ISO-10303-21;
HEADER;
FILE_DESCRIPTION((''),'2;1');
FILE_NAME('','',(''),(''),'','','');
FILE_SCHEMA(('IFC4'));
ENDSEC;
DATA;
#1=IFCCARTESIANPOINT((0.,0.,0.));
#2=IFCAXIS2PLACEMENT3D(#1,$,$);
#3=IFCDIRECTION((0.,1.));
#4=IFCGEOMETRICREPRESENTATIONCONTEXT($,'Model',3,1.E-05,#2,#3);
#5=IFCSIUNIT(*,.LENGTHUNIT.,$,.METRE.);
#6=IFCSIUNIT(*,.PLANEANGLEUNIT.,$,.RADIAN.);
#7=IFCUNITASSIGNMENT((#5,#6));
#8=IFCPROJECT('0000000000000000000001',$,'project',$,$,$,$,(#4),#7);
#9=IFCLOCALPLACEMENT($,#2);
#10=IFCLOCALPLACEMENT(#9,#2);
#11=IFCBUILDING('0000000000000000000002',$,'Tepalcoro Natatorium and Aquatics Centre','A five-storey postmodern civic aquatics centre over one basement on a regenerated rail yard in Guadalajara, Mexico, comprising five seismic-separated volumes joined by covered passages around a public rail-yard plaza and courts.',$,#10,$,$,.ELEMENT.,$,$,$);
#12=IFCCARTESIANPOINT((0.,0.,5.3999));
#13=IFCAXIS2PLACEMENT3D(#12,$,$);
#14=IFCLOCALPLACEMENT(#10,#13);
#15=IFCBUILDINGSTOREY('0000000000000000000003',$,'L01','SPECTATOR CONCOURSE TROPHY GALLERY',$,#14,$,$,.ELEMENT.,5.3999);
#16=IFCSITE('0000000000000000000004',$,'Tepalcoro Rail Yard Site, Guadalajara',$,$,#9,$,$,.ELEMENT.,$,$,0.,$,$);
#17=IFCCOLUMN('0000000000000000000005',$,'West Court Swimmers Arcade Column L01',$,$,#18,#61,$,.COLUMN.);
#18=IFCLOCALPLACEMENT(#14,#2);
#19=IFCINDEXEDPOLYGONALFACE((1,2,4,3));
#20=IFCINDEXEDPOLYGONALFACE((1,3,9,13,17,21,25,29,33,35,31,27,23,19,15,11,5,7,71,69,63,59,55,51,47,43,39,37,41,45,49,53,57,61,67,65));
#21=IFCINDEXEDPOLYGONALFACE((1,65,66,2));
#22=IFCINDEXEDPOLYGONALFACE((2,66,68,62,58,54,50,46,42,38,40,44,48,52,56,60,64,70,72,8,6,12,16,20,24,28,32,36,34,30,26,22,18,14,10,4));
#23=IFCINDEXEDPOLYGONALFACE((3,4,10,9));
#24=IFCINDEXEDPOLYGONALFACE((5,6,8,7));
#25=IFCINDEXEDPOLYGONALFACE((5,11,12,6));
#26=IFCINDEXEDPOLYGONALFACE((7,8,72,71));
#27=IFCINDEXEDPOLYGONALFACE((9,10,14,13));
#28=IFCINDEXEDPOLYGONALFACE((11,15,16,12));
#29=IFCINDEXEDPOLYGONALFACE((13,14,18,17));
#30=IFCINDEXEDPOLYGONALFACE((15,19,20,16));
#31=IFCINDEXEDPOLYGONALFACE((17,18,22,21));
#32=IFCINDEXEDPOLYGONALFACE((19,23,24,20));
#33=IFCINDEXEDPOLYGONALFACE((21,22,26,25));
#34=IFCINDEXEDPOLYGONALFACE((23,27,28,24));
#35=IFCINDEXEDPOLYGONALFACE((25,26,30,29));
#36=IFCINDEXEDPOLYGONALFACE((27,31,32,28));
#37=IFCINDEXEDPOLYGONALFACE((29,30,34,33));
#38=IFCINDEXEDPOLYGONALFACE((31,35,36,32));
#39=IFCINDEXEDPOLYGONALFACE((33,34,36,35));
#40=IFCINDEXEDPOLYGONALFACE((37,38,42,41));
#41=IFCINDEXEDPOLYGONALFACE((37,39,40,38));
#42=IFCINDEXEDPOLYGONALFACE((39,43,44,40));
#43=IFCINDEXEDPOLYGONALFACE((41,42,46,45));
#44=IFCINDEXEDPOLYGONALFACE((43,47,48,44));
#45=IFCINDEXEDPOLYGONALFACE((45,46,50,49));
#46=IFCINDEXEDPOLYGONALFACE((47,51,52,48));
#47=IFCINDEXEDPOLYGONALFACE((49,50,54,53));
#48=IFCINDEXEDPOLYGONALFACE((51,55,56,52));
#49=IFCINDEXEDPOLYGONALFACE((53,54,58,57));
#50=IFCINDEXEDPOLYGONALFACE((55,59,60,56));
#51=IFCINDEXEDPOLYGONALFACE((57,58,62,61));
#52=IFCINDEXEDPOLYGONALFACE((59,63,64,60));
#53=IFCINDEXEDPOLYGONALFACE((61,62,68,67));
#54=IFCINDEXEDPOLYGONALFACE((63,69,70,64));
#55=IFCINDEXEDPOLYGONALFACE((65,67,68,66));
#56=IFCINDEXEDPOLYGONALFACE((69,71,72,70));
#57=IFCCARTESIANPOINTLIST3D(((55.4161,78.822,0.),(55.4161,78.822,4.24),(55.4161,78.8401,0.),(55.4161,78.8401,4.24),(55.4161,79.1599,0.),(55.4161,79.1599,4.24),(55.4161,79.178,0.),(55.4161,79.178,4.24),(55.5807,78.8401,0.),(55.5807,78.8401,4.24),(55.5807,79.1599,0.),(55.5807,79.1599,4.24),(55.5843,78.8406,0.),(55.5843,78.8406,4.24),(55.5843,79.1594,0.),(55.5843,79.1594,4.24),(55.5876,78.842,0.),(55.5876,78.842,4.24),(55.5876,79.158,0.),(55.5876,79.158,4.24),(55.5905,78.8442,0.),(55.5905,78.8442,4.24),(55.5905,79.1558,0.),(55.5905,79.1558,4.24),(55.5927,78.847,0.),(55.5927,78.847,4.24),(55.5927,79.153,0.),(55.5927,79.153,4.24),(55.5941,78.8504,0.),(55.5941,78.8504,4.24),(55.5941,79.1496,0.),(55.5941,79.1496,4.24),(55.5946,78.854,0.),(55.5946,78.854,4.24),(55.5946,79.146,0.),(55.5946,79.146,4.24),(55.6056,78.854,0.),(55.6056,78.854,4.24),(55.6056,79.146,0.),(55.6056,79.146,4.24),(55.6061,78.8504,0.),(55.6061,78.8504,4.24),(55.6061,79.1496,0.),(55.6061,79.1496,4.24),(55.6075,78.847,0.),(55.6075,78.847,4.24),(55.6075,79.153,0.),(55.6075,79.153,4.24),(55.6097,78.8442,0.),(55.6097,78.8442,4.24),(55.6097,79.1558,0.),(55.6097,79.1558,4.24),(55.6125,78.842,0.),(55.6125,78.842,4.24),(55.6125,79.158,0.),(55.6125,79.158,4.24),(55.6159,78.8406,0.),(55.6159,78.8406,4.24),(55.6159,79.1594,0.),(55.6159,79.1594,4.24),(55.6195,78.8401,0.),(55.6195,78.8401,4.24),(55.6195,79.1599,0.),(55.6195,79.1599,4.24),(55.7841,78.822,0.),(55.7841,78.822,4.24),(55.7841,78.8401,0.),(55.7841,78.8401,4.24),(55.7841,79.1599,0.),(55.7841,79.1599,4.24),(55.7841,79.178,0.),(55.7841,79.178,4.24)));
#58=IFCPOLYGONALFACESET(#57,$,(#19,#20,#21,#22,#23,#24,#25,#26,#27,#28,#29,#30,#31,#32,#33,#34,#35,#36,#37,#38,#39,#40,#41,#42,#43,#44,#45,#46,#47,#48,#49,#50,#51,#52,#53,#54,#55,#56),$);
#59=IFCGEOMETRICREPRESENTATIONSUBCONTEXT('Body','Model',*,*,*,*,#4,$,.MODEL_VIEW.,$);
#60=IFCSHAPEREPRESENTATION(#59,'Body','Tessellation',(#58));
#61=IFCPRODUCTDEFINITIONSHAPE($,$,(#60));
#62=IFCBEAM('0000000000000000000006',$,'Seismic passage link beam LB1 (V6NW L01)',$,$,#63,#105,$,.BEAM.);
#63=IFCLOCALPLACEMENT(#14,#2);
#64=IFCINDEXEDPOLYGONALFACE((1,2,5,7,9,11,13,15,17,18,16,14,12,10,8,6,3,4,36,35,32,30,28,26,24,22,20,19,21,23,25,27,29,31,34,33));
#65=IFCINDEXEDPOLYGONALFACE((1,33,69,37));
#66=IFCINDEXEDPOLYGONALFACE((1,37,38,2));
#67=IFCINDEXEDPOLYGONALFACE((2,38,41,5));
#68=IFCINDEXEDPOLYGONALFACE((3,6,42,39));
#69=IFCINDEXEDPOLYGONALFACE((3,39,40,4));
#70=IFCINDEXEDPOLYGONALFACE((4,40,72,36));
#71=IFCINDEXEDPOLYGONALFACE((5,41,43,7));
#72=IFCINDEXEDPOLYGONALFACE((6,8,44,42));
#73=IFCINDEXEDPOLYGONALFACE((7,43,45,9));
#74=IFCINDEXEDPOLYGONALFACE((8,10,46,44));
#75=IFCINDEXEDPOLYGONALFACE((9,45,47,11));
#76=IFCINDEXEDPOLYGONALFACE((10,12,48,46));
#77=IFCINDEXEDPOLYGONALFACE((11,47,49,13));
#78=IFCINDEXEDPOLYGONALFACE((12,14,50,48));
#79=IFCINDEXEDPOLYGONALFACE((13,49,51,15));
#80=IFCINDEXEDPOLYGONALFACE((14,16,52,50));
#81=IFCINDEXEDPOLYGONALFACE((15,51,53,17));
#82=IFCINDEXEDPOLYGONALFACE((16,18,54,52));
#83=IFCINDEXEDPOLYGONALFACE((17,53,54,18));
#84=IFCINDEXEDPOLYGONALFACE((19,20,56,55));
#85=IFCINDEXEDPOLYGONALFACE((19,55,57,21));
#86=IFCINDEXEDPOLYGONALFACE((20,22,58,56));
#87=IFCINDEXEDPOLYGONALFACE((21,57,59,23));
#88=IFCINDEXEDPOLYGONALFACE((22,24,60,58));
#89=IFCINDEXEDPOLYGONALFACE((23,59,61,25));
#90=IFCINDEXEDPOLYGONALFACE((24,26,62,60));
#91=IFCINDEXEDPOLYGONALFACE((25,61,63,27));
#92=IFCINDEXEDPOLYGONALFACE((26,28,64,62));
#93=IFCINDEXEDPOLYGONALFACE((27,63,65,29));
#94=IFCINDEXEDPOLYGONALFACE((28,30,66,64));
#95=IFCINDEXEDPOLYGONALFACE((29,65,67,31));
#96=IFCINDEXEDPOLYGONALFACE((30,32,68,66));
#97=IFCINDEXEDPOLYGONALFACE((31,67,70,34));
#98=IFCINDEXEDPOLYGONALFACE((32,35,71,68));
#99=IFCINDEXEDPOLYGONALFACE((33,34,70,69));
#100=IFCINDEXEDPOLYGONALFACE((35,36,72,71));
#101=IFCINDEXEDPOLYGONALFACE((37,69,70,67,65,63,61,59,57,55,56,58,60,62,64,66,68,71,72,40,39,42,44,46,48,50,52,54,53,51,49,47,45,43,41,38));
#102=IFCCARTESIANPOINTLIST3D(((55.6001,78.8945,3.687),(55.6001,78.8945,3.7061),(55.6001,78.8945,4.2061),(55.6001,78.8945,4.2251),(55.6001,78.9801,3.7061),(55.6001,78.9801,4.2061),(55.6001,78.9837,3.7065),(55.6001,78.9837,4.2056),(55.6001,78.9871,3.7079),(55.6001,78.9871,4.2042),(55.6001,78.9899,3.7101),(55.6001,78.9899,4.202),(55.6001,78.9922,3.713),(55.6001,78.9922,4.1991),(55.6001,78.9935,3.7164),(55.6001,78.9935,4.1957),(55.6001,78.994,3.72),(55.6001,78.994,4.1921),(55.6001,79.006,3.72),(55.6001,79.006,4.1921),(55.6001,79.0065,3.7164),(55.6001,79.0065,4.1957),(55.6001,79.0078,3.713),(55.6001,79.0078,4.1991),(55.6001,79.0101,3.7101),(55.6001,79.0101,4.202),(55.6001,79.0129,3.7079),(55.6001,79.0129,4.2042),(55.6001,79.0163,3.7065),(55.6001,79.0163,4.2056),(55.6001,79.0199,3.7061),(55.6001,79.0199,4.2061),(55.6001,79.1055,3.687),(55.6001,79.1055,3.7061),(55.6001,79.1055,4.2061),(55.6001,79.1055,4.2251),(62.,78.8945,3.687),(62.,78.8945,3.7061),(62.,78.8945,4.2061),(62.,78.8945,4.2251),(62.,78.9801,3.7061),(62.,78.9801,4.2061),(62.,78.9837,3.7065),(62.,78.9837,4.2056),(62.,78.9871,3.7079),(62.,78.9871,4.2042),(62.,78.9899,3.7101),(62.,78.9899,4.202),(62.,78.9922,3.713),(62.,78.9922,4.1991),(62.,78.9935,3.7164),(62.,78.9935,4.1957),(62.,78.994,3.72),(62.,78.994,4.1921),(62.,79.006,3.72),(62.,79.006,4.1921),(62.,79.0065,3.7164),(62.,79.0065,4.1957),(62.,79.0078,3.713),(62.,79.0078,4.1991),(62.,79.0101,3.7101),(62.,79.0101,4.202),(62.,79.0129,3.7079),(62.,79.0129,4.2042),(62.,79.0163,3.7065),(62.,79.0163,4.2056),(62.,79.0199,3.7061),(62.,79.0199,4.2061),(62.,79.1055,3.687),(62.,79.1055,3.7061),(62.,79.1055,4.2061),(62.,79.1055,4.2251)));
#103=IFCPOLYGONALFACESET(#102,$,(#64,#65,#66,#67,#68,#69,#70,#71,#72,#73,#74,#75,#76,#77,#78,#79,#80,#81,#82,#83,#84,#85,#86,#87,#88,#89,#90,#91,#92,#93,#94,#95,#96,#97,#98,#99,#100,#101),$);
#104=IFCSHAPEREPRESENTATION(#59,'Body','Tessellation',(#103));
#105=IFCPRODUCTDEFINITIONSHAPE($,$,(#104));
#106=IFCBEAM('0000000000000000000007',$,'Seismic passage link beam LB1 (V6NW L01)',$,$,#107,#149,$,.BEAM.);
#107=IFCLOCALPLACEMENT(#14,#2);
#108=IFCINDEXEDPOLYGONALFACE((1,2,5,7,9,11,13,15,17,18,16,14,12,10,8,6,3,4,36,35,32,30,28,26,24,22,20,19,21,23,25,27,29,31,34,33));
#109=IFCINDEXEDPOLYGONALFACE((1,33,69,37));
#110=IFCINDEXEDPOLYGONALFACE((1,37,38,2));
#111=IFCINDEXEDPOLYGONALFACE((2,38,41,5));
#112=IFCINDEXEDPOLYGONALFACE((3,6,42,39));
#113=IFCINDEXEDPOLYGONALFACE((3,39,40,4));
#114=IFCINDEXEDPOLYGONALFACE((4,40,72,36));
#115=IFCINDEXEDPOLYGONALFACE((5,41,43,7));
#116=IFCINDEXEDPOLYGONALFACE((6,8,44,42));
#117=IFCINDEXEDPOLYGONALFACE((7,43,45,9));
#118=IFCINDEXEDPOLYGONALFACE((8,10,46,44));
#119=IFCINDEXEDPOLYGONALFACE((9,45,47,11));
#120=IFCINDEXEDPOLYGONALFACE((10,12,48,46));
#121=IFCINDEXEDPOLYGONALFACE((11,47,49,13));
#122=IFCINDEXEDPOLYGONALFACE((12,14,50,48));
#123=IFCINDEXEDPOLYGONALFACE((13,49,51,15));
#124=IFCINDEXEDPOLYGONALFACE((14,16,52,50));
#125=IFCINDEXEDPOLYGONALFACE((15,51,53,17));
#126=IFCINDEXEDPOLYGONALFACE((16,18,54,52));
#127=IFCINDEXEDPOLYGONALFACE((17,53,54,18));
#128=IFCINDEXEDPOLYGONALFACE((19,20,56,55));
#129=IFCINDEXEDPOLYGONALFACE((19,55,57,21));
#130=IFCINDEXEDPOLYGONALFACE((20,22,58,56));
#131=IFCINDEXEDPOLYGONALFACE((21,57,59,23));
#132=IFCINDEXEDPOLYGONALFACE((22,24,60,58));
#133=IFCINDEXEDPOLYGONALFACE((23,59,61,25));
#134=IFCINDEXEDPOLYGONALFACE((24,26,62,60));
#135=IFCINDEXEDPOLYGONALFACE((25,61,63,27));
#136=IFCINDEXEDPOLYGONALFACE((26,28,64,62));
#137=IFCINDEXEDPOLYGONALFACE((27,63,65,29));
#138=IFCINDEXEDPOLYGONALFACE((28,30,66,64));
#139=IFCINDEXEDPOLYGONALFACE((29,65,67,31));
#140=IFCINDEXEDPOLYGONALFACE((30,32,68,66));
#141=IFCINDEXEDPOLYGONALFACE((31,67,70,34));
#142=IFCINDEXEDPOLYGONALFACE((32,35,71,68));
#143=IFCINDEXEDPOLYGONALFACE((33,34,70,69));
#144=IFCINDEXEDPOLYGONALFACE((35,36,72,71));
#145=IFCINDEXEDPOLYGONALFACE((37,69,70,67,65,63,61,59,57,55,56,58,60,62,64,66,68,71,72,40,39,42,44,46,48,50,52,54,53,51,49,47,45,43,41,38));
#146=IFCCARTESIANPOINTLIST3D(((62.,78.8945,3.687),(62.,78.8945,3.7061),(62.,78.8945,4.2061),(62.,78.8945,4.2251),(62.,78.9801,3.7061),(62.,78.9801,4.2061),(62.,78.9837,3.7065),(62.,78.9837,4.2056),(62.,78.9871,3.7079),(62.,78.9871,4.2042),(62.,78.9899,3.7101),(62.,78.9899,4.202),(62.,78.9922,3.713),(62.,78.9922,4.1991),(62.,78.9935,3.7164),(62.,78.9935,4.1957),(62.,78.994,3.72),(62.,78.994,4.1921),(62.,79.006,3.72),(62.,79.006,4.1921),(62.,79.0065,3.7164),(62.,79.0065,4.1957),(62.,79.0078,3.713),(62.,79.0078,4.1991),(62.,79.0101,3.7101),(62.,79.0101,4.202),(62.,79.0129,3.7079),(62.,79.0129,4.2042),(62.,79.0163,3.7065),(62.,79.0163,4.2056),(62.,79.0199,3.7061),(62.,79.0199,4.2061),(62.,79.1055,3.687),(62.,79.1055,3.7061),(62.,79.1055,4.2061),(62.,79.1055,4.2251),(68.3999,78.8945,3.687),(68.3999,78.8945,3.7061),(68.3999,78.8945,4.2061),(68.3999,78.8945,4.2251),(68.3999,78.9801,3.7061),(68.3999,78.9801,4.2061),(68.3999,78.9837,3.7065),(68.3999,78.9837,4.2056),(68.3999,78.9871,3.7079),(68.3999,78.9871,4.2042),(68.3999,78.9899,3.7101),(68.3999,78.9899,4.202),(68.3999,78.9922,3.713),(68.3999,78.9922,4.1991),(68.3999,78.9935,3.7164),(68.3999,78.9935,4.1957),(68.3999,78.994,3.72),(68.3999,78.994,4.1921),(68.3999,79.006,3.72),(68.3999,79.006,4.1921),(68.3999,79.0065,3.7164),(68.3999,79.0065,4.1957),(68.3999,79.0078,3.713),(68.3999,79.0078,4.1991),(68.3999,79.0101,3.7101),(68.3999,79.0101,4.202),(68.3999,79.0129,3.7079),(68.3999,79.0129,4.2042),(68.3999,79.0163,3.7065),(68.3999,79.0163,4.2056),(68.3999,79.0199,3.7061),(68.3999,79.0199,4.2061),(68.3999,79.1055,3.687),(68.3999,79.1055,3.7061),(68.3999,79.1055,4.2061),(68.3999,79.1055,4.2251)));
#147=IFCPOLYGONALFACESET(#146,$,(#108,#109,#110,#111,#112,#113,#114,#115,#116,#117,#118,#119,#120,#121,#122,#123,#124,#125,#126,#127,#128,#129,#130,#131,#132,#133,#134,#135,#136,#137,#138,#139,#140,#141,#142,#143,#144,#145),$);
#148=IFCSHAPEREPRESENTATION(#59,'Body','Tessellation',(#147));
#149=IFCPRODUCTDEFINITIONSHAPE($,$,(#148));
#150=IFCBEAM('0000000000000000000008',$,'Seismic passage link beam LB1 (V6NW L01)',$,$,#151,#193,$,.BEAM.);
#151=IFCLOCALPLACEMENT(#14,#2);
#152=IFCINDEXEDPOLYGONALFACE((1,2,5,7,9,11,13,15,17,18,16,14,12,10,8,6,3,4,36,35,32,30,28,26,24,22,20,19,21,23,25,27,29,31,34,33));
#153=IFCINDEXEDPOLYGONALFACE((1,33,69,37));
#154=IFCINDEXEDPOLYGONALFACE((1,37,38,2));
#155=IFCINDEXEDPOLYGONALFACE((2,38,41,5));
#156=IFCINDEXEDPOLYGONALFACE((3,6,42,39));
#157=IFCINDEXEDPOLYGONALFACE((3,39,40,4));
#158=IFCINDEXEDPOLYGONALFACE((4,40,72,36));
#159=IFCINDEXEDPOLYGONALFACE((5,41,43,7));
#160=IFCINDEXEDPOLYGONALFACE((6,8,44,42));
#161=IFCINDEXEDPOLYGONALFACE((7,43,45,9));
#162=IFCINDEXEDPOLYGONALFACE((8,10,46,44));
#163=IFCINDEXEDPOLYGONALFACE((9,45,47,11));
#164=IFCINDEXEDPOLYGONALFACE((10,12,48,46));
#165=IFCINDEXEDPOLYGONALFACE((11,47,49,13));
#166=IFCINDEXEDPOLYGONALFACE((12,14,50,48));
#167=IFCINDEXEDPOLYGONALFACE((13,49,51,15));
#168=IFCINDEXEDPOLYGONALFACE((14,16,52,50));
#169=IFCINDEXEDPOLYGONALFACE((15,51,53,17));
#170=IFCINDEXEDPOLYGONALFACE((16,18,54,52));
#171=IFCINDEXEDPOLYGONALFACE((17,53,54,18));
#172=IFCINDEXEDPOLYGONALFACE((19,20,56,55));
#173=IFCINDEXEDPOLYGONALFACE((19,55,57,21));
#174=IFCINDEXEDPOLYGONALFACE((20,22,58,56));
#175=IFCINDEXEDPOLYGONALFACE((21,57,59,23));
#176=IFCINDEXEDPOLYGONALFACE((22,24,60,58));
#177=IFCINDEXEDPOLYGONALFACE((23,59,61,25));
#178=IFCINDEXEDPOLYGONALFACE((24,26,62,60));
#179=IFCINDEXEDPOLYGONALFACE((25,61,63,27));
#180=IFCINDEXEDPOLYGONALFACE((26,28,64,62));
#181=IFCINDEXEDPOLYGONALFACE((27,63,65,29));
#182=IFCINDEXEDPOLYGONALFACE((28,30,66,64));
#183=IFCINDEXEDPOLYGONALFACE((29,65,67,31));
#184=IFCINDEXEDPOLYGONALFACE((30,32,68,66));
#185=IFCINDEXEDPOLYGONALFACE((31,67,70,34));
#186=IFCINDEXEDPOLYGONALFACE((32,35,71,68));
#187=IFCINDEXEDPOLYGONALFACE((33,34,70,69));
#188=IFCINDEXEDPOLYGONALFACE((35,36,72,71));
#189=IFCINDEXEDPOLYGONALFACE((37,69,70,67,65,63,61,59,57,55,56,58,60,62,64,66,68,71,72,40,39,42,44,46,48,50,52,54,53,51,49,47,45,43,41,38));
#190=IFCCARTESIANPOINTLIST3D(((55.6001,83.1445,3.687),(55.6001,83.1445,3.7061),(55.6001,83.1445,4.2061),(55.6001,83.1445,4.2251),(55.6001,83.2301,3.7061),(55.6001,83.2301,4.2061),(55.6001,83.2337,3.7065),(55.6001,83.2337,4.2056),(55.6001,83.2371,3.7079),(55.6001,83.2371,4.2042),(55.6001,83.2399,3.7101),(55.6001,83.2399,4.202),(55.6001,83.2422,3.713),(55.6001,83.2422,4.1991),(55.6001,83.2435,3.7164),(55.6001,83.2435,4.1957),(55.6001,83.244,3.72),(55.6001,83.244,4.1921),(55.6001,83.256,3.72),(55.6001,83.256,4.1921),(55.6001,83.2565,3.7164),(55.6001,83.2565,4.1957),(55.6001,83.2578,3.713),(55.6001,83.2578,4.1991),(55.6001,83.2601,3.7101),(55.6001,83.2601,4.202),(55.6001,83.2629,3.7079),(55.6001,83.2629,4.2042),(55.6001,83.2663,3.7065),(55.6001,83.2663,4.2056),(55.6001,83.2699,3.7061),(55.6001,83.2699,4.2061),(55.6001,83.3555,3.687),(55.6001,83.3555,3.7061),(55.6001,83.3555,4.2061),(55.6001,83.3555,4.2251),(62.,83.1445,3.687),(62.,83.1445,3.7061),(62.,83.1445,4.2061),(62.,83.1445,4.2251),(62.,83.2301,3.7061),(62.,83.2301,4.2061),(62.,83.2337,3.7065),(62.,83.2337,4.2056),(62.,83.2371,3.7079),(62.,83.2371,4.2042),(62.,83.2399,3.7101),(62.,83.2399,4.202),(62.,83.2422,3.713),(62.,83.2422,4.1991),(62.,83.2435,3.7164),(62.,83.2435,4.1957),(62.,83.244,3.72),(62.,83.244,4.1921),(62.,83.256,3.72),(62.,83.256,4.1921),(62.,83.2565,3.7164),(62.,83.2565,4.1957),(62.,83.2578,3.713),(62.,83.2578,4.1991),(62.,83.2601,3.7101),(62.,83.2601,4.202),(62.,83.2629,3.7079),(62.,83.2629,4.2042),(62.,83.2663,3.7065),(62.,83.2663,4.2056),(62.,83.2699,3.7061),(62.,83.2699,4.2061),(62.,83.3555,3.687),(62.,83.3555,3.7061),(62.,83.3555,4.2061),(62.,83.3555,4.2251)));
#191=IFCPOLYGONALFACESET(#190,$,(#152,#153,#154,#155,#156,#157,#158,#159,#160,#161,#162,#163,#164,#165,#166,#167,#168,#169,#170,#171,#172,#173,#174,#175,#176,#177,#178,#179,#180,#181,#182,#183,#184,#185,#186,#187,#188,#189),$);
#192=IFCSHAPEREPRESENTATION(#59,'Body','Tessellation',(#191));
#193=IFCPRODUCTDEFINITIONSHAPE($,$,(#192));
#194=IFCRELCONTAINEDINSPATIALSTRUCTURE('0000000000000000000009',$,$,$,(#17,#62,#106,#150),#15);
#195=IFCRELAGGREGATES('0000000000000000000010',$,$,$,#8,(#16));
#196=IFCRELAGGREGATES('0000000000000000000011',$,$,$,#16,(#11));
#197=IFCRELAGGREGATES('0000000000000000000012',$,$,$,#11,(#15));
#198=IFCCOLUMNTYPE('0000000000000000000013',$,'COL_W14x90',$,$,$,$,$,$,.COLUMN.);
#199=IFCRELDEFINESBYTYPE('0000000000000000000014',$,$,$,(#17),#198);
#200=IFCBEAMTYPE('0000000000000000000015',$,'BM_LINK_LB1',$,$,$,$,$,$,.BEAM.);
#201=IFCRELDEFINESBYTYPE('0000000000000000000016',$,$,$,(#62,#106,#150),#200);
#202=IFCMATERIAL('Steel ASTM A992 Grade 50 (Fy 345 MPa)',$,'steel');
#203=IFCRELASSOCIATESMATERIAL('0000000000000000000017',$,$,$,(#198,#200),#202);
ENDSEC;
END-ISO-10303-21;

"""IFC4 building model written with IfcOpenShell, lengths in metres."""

from ifc_helpers import new_model, si_unit, direction, frame, origin, origin_2d, place, context, subcontext, project, spatial, i_section, extrude, material, material_profile, profile_set, type_object, element, save


model = new_model("IFC4")

# Units and contexts
model_context = context("Model", 3, precision=1e-05, world=origin(), true_north=direction((0.0, 1.0)))
body_context = subcontext(model_context, "Body", "Model", "MODEL_VIEW")
ifc_project = project(units=[si_unit("LENGTHUNIT", "METRE"), si_unit("PLANEANGLEUNIT", "RADIAN")], contexts=[model_context])

# Site, building, storey
site_placement = place(None, origin())
site = spatial("IfcSite", under=ifc_project, at=site_placement, Name="Tepalcoro Rail Yard Site, Guadalajara", CompositionType="ELEMENT", RefElevation=0.0)
building_placement = place(site_placement, origin())
building = spatial("IfcBuilding", under=site, at=building_placement, Name="Tepalcoro Natatorium and Aquatics Centre", Description="A five-storey postmodern civic aquatics centre over one basement on a regenerated rail yard in Guadalajara, Mexico, comprising five seismic-separated volumes joined by covered passages around a public rail-yard plaza and courts.", CompositionType="ELEMENT")
storey_placement = place(building_placement, frame((0.0, 0.0, 5.3999)))
storey = spatial("IfcBuildingStorey", under=building, at=storey_placement, Name="L01", Description="SPECTATOR CONCOURSE TROPHY GALLERY", CompositionType="ELEMENT", Elevation=5.3999)

# Column
ifc_material_1 = material(Name="Steel ASTM A992 Grade 50 (Fy 345 MPa)", Category="steel")
ifc_material_profile_1 = material_profile(ifc_material_1, i_section(OverallWidth=0.3679, OverallDepth=0.356, WebThickness=0.011, FlangeThickness=0.0181, FilletRadius=0.0139, at=origin_2d()), Name="W14X90")
ifc_profile_set_1 = profile_set([ifc_material_profile_1], Name="Steel ASTM A992 Grade 50 (Fy 345 MPa)")
column_type_1 = type_object("IfcColumnType", Name="COL_W14x90", PredefinedType="COLUMN", material=ifc_profile_set_1)
column_1_placement = place(storey_placement, frame((55.6001, 79.0, 0.0), z_axis=(0.0, 0.0, 1.0), x_axis=(1.0, 0.0, 0.0)))
element("IfcColumn", 1, at=column_1_placement, inside=storey, type_object=column_type_1, Name="West Court Swimmers Arcade Column L01", PredefinedType="COLUMN", context=body_context, shape_type="SweptSolid", body=[
    extrude(i_section(OverallWidth=0.3679, OverallDepth=0.356, WebThickness=0.011, FlangeThickness=0.0181, FilletRadius=0.0139, at=origin_2d()), origin(), (0.0, 0.0, 1.0), 4.24),
])

# Beams
ifc_material_profile_2 = material_profile(ifc_material_1, i_section(OverallWidth=0.2109, OverallDepth=0.5381, WebThickness=0.012, FlangeThickness=0.019, FilletRadius=0.0139, at=origin_2d()), Name="W21X73")
ifc_profile_set_2 = profile_set([ifc_material_profile_2], Name="Steel ASTM A992 Grade 50 (Fy 345 MPa)")
beam_type_1 = type_object("IfcBeamType", Name="BM_LINK_LB1", PredefinedType="BEAM", material=ifc_profile_set_2)
for number, where, z_axis, x_axis, name in (
    (2, (55.6001, 79.0, 3.9561), (1.0, 0.0, 0.0), (0.0, 1.0, 0.0), "Seismic passage link beam LB1 (V6NW L01)"),
    (3, (62.0, 79.0, 3.9561), (1.0, 0.0, 0.0), (0.0, 1.0, 0.0), "Seismic passage link beam LB1 (V6NW L01)"),
    (4, (55.6001, 83.25, 3.9561), (1.0, 0.0, 0.0), (0.0, 1.0, 0.0), "Seismic passage link beam LB1 (V6NW L01)"),
):
    element("IfcBeam", number, at=place(storey_placement, frame(where, z_axis=z_axis, x_axis=x_axis)), inside=storey, type_object=beam_type_1, Name=name, PredefinedType="BEAM", context=body_context, shape_type="SweptSolid", body=[
        extrude(i_section(OverallWidth=0.2109, OverallDepth=0.5381, WebThickness=0.012, FlangeThickness=0.019, FilletRadius=0.0139, at=origin_2d()), origin(), (0.0, 0.0, 1.0), 6.3999),
    ])

save(model, "model.ifc")
